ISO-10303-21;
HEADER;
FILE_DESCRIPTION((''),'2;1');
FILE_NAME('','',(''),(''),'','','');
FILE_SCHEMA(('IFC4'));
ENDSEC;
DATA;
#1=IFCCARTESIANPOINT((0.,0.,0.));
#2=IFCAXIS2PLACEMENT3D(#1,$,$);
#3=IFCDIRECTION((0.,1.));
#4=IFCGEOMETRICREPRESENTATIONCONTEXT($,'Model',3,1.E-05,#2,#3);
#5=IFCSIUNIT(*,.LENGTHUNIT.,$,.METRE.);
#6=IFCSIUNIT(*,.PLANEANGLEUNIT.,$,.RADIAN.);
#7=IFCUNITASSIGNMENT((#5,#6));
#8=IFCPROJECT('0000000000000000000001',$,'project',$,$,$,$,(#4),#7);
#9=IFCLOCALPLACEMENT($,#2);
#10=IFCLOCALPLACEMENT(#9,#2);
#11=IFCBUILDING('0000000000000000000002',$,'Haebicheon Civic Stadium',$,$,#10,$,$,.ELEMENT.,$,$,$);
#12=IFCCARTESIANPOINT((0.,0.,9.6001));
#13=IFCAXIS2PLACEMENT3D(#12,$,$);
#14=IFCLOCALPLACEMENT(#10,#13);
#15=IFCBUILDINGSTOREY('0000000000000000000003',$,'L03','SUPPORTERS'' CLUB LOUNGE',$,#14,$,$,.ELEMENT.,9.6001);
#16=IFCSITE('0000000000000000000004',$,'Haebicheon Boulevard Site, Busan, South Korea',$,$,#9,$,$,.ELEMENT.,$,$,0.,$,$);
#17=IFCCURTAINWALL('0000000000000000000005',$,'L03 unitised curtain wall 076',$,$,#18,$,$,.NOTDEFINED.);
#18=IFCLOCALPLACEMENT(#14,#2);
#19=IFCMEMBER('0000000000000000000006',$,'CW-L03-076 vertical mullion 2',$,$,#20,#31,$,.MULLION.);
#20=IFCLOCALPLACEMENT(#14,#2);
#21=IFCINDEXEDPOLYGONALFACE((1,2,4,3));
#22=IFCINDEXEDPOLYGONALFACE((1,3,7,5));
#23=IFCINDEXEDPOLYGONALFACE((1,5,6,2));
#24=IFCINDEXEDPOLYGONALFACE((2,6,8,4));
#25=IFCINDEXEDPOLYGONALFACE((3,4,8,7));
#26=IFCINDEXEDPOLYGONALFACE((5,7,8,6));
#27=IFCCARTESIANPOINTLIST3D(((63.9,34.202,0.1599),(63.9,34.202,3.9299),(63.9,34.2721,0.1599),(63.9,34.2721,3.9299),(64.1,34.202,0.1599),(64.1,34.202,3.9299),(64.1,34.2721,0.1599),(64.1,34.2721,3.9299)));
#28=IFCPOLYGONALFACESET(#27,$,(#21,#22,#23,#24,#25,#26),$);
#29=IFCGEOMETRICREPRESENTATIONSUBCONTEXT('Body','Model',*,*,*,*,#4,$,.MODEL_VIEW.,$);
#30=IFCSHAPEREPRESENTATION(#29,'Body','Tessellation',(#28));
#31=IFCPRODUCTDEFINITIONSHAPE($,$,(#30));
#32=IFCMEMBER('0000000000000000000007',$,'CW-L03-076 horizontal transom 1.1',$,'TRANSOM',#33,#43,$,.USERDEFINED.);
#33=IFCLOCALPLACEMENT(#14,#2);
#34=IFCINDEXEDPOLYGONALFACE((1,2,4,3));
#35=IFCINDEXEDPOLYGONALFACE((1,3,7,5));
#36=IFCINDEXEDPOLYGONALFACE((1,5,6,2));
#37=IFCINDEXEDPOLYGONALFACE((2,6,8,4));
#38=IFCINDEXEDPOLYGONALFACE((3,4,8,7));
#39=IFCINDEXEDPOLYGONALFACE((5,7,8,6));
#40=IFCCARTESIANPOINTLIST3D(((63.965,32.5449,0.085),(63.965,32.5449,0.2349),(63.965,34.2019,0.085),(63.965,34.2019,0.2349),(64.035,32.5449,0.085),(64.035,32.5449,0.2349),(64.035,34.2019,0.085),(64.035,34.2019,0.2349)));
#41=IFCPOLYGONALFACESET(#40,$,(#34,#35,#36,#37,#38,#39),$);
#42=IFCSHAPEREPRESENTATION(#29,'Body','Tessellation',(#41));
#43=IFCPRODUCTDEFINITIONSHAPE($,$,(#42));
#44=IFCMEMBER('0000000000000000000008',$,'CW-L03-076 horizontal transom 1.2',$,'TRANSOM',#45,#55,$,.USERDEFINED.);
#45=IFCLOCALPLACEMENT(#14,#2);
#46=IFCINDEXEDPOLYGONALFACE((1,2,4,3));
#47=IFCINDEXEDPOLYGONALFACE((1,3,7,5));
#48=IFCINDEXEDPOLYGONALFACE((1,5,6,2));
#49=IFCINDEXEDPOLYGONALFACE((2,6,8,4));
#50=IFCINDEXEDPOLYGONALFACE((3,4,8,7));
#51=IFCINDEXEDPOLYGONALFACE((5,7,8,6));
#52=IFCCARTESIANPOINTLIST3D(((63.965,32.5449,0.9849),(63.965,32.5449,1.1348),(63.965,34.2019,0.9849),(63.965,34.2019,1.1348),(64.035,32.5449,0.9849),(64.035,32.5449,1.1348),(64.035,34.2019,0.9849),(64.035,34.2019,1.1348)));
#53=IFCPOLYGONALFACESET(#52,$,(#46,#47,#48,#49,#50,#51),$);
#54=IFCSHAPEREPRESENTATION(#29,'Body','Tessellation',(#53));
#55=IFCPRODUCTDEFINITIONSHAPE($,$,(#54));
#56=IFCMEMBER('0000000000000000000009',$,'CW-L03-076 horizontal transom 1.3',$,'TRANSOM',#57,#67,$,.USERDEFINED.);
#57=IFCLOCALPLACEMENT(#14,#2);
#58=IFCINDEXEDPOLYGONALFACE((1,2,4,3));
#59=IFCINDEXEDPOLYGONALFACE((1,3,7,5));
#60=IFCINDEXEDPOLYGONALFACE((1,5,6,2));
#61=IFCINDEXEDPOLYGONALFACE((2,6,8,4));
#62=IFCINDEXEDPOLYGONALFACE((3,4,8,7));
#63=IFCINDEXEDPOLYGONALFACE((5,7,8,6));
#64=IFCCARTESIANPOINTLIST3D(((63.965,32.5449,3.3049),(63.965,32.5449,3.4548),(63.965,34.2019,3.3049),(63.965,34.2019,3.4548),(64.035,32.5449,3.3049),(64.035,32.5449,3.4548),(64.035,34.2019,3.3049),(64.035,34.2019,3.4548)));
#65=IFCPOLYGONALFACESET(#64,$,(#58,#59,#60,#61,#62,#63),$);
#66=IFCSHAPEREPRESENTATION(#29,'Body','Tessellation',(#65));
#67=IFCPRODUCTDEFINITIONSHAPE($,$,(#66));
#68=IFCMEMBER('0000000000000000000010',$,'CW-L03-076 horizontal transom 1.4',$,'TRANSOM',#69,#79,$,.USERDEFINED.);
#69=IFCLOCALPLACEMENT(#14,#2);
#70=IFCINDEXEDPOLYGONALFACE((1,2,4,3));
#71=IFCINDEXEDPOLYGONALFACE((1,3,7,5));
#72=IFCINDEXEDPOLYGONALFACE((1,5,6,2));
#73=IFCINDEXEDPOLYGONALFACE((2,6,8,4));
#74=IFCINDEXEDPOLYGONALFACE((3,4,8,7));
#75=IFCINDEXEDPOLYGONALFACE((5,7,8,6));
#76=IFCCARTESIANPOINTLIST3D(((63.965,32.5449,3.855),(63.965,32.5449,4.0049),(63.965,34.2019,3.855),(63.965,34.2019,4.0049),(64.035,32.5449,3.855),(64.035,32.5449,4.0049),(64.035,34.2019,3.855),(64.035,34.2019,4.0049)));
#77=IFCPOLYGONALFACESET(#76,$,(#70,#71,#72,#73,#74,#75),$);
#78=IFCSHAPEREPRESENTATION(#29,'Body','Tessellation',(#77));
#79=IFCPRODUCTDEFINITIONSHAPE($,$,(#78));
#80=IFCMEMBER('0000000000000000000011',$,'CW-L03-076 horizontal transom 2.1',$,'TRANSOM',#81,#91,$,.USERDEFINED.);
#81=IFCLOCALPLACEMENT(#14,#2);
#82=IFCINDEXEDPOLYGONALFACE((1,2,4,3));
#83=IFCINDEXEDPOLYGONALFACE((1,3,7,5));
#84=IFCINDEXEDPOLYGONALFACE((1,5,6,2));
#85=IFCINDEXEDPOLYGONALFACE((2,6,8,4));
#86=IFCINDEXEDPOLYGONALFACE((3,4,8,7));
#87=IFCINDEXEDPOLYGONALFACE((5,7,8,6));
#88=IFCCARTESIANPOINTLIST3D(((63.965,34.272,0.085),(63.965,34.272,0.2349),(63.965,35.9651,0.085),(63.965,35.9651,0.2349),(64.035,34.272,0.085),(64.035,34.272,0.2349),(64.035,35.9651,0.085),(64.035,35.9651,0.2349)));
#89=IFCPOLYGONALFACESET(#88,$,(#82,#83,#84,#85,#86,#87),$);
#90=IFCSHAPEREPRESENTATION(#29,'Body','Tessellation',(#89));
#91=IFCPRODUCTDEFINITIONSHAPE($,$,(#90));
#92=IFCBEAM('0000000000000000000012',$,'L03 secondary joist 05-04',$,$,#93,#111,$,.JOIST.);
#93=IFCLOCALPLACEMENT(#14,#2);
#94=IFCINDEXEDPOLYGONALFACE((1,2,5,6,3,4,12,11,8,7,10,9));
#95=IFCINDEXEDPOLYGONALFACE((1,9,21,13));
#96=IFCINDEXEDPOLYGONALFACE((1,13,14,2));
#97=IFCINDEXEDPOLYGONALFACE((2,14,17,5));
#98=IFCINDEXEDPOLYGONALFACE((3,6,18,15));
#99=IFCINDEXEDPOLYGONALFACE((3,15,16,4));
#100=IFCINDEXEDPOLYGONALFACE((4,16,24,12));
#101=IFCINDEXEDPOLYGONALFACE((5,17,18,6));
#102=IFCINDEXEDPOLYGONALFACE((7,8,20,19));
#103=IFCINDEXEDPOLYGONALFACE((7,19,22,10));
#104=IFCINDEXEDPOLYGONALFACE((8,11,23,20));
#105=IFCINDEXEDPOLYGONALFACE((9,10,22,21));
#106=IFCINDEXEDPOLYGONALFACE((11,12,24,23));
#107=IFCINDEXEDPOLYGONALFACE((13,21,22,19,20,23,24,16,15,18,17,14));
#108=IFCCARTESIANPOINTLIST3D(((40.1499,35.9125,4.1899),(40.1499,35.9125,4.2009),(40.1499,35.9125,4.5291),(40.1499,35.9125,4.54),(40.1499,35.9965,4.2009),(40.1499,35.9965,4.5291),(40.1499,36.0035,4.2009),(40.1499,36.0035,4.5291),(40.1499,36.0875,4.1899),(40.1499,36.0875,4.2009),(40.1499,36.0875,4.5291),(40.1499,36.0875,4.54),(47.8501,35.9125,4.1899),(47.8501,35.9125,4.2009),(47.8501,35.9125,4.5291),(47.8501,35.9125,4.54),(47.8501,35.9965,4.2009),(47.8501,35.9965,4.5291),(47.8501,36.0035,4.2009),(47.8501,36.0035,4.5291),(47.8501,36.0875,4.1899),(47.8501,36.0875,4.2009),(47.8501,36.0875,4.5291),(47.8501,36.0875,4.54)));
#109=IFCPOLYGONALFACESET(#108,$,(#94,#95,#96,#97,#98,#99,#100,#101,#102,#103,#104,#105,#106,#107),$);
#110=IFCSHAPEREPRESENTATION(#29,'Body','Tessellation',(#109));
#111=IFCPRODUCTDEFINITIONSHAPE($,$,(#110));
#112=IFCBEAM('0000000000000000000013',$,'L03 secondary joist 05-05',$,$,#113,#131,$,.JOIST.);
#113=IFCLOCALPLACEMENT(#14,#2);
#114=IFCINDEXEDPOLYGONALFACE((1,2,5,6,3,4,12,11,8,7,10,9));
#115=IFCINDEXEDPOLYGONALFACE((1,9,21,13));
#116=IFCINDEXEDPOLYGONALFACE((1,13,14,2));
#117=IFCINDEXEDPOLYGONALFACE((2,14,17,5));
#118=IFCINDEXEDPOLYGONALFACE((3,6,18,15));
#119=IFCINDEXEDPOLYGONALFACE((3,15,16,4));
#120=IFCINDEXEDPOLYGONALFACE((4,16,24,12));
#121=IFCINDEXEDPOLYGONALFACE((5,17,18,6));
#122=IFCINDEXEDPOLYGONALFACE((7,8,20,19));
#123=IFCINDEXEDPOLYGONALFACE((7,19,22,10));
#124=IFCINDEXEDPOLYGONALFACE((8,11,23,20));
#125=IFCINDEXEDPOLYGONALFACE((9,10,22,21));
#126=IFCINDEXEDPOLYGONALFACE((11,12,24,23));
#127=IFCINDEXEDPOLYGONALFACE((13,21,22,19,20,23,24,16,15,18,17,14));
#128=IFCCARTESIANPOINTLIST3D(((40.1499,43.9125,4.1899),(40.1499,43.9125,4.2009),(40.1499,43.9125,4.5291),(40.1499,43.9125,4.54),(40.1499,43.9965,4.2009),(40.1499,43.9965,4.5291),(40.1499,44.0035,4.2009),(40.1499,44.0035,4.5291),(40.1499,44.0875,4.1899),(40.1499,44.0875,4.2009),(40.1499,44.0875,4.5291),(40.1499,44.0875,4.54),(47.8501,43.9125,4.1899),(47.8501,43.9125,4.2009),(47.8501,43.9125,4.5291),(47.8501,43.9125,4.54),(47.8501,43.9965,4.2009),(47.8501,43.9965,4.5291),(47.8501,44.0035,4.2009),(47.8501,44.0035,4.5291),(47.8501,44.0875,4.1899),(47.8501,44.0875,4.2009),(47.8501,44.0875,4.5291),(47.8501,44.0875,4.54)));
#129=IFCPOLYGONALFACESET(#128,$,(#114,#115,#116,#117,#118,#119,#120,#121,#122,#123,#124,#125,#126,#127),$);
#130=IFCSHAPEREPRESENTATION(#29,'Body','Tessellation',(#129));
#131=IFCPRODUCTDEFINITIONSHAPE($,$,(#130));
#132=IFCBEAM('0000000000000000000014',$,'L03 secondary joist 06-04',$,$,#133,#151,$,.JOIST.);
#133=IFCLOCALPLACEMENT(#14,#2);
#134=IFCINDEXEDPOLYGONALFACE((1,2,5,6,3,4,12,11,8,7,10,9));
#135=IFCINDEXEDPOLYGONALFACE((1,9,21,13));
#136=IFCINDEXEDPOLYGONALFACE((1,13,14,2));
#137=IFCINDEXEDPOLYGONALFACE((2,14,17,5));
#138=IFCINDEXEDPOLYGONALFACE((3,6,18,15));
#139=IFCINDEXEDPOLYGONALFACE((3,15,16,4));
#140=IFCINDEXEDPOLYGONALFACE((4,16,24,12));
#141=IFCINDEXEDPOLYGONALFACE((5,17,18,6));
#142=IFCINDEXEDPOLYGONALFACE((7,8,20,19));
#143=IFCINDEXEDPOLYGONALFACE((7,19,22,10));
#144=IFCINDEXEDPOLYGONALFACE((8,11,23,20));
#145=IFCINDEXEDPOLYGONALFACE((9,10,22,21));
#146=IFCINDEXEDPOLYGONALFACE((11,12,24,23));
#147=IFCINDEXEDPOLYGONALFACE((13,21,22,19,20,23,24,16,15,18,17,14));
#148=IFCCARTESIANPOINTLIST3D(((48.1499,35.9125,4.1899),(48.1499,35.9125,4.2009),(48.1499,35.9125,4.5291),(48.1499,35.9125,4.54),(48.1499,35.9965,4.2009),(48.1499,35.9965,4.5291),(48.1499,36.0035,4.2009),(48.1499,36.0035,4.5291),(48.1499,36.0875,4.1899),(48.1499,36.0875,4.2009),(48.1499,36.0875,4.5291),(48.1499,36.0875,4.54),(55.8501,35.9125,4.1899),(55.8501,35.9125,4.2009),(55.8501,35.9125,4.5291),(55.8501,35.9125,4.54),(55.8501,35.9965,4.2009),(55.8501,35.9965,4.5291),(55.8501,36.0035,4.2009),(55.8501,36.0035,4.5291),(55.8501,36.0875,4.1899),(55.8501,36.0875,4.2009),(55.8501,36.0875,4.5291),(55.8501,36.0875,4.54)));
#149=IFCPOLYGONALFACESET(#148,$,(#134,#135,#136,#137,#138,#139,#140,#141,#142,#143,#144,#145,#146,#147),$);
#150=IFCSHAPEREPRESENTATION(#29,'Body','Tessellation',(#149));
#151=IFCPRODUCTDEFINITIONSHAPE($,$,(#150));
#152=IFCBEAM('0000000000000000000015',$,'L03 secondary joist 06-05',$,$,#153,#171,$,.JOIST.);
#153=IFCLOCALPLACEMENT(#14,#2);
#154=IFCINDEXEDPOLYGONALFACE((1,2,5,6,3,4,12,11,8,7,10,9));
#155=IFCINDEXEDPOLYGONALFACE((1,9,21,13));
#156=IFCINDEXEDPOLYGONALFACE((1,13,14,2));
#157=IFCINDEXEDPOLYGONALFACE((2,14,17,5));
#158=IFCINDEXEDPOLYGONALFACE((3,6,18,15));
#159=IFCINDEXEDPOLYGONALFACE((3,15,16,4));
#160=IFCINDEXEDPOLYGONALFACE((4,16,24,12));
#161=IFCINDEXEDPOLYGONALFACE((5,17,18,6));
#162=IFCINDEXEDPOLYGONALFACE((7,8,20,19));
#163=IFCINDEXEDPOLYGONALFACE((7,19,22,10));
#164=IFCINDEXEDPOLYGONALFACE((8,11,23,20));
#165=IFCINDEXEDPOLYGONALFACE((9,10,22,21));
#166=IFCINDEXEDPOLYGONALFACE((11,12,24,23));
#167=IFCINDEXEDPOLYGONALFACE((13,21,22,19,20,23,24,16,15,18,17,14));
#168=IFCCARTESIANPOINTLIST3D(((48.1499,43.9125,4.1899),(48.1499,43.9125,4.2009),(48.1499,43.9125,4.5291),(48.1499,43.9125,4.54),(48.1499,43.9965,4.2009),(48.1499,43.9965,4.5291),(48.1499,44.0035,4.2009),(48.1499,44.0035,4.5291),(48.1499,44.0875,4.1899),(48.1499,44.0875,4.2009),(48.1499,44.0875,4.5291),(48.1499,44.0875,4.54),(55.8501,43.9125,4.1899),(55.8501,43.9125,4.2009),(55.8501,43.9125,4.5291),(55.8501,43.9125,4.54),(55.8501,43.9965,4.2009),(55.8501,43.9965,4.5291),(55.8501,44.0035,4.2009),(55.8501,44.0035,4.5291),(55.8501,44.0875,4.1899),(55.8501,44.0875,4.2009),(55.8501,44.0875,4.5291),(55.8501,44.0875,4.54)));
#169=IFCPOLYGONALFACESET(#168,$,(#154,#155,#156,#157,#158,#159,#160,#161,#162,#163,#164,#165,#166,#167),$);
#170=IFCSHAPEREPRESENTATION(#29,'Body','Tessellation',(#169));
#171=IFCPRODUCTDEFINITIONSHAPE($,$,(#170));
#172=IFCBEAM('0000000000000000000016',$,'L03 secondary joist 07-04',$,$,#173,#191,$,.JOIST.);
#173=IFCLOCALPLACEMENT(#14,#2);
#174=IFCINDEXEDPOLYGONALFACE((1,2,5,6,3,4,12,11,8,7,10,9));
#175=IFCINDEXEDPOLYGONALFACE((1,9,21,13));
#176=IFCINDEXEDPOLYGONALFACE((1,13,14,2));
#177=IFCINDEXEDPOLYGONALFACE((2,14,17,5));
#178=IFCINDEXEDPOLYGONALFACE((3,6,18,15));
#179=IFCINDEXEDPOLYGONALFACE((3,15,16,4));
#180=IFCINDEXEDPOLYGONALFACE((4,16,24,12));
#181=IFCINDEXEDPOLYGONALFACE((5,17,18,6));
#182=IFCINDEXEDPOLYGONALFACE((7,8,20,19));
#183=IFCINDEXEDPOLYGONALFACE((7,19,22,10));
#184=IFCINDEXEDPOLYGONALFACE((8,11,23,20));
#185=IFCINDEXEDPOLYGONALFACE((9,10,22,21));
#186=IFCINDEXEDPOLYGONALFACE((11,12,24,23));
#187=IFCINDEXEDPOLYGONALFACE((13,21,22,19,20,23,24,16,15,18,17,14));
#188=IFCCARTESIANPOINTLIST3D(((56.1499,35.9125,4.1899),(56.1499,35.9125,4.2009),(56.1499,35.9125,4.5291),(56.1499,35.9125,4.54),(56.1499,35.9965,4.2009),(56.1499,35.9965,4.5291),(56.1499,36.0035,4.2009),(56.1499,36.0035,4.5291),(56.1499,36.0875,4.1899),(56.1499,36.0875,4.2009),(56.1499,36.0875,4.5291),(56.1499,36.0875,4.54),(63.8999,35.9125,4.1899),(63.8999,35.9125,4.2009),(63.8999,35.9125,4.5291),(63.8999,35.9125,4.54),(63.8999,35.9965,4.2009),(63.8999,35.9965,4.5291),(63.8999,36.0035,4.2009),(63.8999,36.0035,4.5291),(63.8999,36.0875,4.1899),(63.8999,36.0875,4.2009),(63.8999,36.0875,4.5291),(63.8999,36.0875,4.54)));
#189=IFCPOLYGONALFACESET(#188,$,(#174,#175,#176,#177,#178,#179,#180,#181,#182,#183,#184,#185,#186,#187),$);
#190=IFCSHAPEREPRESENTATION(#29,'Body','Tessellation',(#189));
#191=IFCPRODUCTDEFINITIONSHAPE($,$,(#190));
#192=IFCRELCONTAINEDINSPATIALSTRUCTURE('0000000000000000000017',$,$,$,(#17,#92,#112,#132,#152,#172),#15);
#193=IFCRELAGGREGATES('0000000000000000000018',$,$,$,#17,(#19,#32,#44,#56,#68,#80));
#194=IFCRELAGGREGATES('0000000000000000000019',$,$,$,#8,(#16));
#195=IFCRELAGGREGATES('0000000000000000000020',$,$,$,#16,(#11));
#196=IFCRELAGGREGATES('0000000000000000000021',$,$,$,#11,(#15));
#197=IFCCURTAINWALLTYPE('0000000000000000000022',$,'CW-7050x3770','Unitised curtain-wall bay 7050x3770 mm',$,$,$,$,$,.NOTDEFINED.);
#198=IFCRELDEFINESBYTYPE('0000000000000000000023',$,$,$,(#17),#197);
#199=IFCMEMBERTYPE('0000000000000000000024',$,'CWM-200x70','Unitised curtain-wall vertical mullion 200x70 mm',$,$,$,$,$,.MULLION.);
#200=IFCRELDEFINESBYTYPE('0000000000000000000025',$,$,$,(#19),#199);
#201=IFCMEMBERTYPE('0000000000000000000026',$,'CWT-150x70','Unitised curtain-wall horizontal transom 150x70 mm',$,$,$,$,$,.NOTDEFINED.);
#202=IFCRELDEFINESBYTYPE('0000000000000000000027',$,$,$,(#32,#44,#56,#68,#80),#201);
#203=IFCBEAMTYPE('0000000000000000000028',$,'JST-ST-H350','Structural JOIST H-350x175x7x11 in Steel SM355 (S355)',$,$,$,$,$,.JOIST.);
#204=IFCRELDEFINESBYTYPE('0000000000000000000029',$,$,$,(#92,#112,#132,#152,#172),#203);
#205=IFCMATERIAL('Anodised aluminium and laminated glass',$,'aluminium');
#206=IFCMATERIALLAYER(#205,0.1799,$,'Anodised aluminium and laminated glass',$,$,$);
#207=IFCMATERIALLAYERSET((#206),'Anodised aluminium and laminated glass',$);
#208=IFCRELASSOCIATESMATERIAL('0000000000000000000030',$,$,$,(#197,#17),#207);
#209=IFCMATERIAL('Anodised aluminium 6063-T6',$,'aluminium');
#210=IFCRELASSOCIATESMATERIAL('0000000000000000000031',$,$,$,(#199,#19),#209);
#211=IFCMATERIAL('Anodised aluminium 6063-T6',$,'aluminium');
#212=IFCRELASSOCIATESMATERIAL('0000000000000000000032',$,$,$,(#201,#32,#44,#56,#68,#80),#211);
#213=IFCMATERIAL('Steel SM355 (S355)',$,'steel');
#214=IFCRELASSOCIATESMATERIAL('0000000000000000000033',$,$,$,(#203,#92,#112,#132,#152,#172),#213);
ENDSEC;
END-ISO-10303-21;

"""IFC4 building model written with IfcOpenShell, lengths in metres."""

from ifc_helpers import new_model, si_unit, direction, frame, origin, origin_2d, place, context, subcontext, project, spatial, rectangle, i_section, extrude, material, layer, layer_set, material_profile, profile_set, type_object, element, aggregate, save


model = new_model("IFC4")

# Units and contexts
model_context = context("Model", 3, precision=1e-05, world=origin(), true_north=direction((0.0, 1.0)))
body_context = subcontext(model_context, "Body", "Model", "MODEL_VIEW")
ifc_project = project(units=[si_unit("LENGTHUNIT", "METRE"), si_unit("PLANEANGLEUNIT", "RADIAN")], contexts=[model_context])

# Site, building, storey
site_placement = place(None, origin())
site = spatial("IfcSite", under=ifc_project, at=site_placement, Name="Haebicheon Boulevard Site, Busan, South Korea", CompositionType="ELEMENT", RefElevation=0.0)
building_placement = place(site_placement, origin())
building = spatial("IfcBuilding", under=site, at=building_placement, Name="Haebicheon Civic Stadium", CompositionType="ELEMENT")
storey_placement = place(building_placement, frame((0.0, 0.0, 9.6001)))
storey = spatial("IfcBuildingStorey", under=building, at=storey_placement, Name="L03", Description="SUPPORTERS' CLUB LOUNGE", CompositionType="ELEMENT", Elevation=9.6001)

# Curtain wall, members
ifc_material_1 = material(Name="Anodised aluminium and laminated glass", Category="aluminium")
ifc_layer_1 = layer(ifc_material_1, 0.1799, Name="Anodised aluminium and laminated glass")
ifc_layer_set_1 = layer_set([ifc_layer_1], Name="Anodised aluminium and laminated glass")
curtain_wall_type = type_object("IfcCurtainWallType", Name="CW-7050x3770", Description="Unitised curtain-wall bay 7050x3770 mm", PredefinedType="NOTDEFINED", material=ifc_layer_set_1)
curtain_wall_placement = place(storey_placement, origin())
curtain_wall = element("IfcCurtainWall", 1, at=curtain_wall_placement, inside=storey, type_object=curtain_wall_type, material=ifc_layer_set_1, Name="L03 unitised curtain wall 076", PredefinedType="NOTDEFINED")
ifc_material_2 = material(Name="Anodised aluminium 6063-T6", Category="aluminium")
ifc_material_profile_1 = material_profile(ifc_material_2, rectangle(XDim=0.0701, YDim=0.2, at=origin_2d()), Name="ALU-MULL-70x200")
ifc_profile_set_1 = profile_set([ifc_material_profile_1], Name="Anodised aluminium 6063-T6")
member_type_1 = type_object("IfcMemberType", Name="CWM-200x70", Description="Unitised curtain-wall vertical mullion 200x70 mm", PredefinedType="MULLION", material=ifc_profile_set_1)
member_1_placement = place(storey_placement, frame((64.0, 34.2371, 0.1599), z_axis=(0.0, 0.0, 1.0), x_axis=(0.0, 1.0, 0.0)))
member_1 = element("IfcMember", 2, at=member_1_placement, type_object=member_type_1, material=ifc_profile_set_1, Name="CW-L03-076 vertical mullion 2", PredefinedType="MULLION", context=body_context, shape_type="SweptSolid", body=[
    extrude(rectangle(XDim=0.0701, YDim=0.2, at=origin_2d()), origin(), (0.0, 0.0, 1.0), 3.77),
])
ifc_material_3 = material(Name="Anodised aluminium 6063-T6", Category="aluminium")
ifc_material_profile_2 = material_profile(ifc_material_3, rectangle(XDim=0.0701, YDim=0.1499, at=origin_2d()), Name="ALU-TRAN-70x150")
ifc_profile_set_2 = profile_set([ifc_material_profile_2], Name="Anodised aluminium 6063-T6")
member_type_2 = type_object("IfcMemberType", Name="CWT-150x70", Description="Unitised curtain-wall horizontal transom 150x70 mm", PredefinedType="NOTDEFINED", material=ifc_profile_set_2)
member_2_placement = place(storey_placement, frame((64.0, 32.5449, 0.1599), z_axis=(0.0, 1.0, 0.0), x_axis=(-1.0, 0.0, 0.0)))
member_2 = element("IfcMember", 3, at=member_2_placement, type_object=member_type_2, material=ifc_profile_set_2, Name="CW-L03-076 horizontal transom 1.1", ObjectType="TRANSOM", PredefinedType="USERDEFINED", context=body_context, shape_type="SweptSolid", body=[
    extrude(rectangle(XDim=0.0701, YDim=0.1499, at=origin_2d()), origin(), (0.0, 0.0, 1.0), 1.657),
])
member_3_placement = place(storey_placement, frame((64.0, 32.5449, 1.0598), z_axis=(0.0, 1.0, 0.0), x_axis=(-1.0, 0.0, 0.0)))
member_3 = element("IfcMember", 4, at=member_3_placement, type_object=member_type_2, material=ifc_profile_set_2, Name="CW-L03-076 horizontal transom 1.2", ObjectType="TRANSOM", PredefinedType="USERDEFINED", context=body_context, shape_type="SweptSolid", body=[
    extrude(rectangle(XDim=0.0701, YDim=0.1499, at=origin_2d()), origin(), (0.0, 0.0, 1.0), 1.657),
])
member_4_placement = place(storey_placement, frame((64.0, 32.5449, 3.3799), z_axis=(0.0, 1.0, 0.0), x_axis=(-1.0, 0.0, 0.0)))
member_4 = element("IfcMember", 5, at=member_4_placement, type_object=member_type_2, material=ifc_profile_set_2, Name="CW-L03-076 horizontal transom 1.3", ObjectType="TRANSOM", PredefinedType="USERDEFINED", context=body_context, shape_type="SweptSolid", body=[
    extrude(rectangle(XDim=0.0701, YDim=0.1499, at=origin_2d()), origin(), (0.0, 0.0, 1.0), 1.657),
])
member_5_placement = place(storey_placement, frame((64.0, 32.5449, 3.9299), z_axis=(0.0, 1.0, 0.0), x_axis=(-1.0, 0.0, 0.0)))
member_5 = element("IfcMember", 6, at=member_5_placement, type_object=member_type_2, material=ifc_profile_set_2, Name="CW-L03-076 horizontal transom 1.4", ObjectType="TRANSOM", PredefinedType="USERDEFINED", context=body_context, shape_type="SweptSolid", body=[
    extrude(rectangle(XDim=0.0701, YDim=0.1499, at=origin_2d()), origin(), (0.0, 0.0, 1.0), 1.657),
])
member_6_placement = place(storey_placement, frame((64.0, 34.272, 0.1599), z_axis=(0.0, 1.0, 0.0), x_axis=(-1.0, 0.0, 0.0)))
member_6 = element("IfcMember", 7, at=member_6_placement, type_object=member_type_2, material=ifc_profile_set_2, Name="CW-L03-076 horizontal transom 2.1", ObjectType="TRANSOM", PredefinedType="USERDEFINED", context=body_context, shape_type="SweptSolid", body=[
    extrude(rectangle(XDim=0.0701, YDim=0.1499, at=origin_2d()), origin(), (0.0, 0.0, 1.0), 1.6931),
])

# Beams
ifc_material_4 = material(Name="Steel SM355 (S355)", Category="steel")
ifc_material_profile_3 = material_profile(ifc_material_4, i_section(OverallWidth=0.175, OverallDepth=0.3501, WebThickness=0.0071, FlangeThickness=0.011, at=origin_2d()), Name="H-350x175x7x11")
ifc_profile_set_3 = profile_set([ifc_material_profile_3], Name="Steel SM355 (S355)")
beam_type_1 = type_object("IfcBeamType", Name="JST-ST-H350", Description="Structural JOIST H-350x175x7x11 in Steel SM355 (S355)", PredefinedType="JOIST", material=ifc_profile_set_3)
for number, where, z_axis, x_axis, name in (
    (8, (40.1499, 36.0, 4.365), (1.0, 0.0, 0.0), (0.0, 1.0, 0.0), "L03 secondary joist 05-04"),
    (9, (40.1499, 44.0, 4.365), (1.0, 0.0, 0.0), (0.0, 1.0, 0.0), "L03 secondary joist 05-05"),
    (10, (48.1499, 36.0, 4.365), (1.0, 0.0, 0.0), (0.0, 1.0, 0.0), "L03 secondary joist 06-04"),
    (11, (48.1499, 44.0, 4.365), (1.0, 0.0, 0.0), (0.0, 1.0, 0.0), "L03 secondary joist 06-05"),
):
    element("IfcBeam", number, at=place(storey_placement, frame(where, z_axis=z_axis, x_axis=x_axis)), inside=storey, type_object=beam_type_1, material=ifc_profile_set_3, Name=name, PredefinedType="JOIST", context=body_context, shape_type="SweptSolid", body=[
        extrude(i_section(OverallWidth=0.175, OverallDepth=0.3501, WebThickness=0.0071, FlangeThickness=0.011, at=origin_2d()), origin(), (0.0, 0.0, 1.0), 7.7002),
    ])
for number, where, z_axis, x_axis, name in (
    (12, (56.1499, 36.0, 4.365), (1.0, 0.0, 0.0), (0.0, 1.0, 0.0), "L03 secondary joist 07-04"),
):
    element("IfcBeam", number, at=place(storey_placement, frame(where, z_axis=z_axis, x_axis=x_axis)), inside=storey, type_object=beam_type_1, material=ifc_profile_set_3, Name=name, PredefinedType="JOIST", context=body_context, shape_type="SweptSolid", body=[
        extrude(i_section(OverallWidth=0.175, OverallDepth=0.3501, WebThickness=0.0071, FlangeThickness=0.011, at=origin_2d()), origin(), (0.0, 0.0, 1.0), 7.75),
    ])

aggregate(curtain_wall, [member_1, member_2, member_3, member_4, member_5, member_6])

save(model, "model.ifc")
